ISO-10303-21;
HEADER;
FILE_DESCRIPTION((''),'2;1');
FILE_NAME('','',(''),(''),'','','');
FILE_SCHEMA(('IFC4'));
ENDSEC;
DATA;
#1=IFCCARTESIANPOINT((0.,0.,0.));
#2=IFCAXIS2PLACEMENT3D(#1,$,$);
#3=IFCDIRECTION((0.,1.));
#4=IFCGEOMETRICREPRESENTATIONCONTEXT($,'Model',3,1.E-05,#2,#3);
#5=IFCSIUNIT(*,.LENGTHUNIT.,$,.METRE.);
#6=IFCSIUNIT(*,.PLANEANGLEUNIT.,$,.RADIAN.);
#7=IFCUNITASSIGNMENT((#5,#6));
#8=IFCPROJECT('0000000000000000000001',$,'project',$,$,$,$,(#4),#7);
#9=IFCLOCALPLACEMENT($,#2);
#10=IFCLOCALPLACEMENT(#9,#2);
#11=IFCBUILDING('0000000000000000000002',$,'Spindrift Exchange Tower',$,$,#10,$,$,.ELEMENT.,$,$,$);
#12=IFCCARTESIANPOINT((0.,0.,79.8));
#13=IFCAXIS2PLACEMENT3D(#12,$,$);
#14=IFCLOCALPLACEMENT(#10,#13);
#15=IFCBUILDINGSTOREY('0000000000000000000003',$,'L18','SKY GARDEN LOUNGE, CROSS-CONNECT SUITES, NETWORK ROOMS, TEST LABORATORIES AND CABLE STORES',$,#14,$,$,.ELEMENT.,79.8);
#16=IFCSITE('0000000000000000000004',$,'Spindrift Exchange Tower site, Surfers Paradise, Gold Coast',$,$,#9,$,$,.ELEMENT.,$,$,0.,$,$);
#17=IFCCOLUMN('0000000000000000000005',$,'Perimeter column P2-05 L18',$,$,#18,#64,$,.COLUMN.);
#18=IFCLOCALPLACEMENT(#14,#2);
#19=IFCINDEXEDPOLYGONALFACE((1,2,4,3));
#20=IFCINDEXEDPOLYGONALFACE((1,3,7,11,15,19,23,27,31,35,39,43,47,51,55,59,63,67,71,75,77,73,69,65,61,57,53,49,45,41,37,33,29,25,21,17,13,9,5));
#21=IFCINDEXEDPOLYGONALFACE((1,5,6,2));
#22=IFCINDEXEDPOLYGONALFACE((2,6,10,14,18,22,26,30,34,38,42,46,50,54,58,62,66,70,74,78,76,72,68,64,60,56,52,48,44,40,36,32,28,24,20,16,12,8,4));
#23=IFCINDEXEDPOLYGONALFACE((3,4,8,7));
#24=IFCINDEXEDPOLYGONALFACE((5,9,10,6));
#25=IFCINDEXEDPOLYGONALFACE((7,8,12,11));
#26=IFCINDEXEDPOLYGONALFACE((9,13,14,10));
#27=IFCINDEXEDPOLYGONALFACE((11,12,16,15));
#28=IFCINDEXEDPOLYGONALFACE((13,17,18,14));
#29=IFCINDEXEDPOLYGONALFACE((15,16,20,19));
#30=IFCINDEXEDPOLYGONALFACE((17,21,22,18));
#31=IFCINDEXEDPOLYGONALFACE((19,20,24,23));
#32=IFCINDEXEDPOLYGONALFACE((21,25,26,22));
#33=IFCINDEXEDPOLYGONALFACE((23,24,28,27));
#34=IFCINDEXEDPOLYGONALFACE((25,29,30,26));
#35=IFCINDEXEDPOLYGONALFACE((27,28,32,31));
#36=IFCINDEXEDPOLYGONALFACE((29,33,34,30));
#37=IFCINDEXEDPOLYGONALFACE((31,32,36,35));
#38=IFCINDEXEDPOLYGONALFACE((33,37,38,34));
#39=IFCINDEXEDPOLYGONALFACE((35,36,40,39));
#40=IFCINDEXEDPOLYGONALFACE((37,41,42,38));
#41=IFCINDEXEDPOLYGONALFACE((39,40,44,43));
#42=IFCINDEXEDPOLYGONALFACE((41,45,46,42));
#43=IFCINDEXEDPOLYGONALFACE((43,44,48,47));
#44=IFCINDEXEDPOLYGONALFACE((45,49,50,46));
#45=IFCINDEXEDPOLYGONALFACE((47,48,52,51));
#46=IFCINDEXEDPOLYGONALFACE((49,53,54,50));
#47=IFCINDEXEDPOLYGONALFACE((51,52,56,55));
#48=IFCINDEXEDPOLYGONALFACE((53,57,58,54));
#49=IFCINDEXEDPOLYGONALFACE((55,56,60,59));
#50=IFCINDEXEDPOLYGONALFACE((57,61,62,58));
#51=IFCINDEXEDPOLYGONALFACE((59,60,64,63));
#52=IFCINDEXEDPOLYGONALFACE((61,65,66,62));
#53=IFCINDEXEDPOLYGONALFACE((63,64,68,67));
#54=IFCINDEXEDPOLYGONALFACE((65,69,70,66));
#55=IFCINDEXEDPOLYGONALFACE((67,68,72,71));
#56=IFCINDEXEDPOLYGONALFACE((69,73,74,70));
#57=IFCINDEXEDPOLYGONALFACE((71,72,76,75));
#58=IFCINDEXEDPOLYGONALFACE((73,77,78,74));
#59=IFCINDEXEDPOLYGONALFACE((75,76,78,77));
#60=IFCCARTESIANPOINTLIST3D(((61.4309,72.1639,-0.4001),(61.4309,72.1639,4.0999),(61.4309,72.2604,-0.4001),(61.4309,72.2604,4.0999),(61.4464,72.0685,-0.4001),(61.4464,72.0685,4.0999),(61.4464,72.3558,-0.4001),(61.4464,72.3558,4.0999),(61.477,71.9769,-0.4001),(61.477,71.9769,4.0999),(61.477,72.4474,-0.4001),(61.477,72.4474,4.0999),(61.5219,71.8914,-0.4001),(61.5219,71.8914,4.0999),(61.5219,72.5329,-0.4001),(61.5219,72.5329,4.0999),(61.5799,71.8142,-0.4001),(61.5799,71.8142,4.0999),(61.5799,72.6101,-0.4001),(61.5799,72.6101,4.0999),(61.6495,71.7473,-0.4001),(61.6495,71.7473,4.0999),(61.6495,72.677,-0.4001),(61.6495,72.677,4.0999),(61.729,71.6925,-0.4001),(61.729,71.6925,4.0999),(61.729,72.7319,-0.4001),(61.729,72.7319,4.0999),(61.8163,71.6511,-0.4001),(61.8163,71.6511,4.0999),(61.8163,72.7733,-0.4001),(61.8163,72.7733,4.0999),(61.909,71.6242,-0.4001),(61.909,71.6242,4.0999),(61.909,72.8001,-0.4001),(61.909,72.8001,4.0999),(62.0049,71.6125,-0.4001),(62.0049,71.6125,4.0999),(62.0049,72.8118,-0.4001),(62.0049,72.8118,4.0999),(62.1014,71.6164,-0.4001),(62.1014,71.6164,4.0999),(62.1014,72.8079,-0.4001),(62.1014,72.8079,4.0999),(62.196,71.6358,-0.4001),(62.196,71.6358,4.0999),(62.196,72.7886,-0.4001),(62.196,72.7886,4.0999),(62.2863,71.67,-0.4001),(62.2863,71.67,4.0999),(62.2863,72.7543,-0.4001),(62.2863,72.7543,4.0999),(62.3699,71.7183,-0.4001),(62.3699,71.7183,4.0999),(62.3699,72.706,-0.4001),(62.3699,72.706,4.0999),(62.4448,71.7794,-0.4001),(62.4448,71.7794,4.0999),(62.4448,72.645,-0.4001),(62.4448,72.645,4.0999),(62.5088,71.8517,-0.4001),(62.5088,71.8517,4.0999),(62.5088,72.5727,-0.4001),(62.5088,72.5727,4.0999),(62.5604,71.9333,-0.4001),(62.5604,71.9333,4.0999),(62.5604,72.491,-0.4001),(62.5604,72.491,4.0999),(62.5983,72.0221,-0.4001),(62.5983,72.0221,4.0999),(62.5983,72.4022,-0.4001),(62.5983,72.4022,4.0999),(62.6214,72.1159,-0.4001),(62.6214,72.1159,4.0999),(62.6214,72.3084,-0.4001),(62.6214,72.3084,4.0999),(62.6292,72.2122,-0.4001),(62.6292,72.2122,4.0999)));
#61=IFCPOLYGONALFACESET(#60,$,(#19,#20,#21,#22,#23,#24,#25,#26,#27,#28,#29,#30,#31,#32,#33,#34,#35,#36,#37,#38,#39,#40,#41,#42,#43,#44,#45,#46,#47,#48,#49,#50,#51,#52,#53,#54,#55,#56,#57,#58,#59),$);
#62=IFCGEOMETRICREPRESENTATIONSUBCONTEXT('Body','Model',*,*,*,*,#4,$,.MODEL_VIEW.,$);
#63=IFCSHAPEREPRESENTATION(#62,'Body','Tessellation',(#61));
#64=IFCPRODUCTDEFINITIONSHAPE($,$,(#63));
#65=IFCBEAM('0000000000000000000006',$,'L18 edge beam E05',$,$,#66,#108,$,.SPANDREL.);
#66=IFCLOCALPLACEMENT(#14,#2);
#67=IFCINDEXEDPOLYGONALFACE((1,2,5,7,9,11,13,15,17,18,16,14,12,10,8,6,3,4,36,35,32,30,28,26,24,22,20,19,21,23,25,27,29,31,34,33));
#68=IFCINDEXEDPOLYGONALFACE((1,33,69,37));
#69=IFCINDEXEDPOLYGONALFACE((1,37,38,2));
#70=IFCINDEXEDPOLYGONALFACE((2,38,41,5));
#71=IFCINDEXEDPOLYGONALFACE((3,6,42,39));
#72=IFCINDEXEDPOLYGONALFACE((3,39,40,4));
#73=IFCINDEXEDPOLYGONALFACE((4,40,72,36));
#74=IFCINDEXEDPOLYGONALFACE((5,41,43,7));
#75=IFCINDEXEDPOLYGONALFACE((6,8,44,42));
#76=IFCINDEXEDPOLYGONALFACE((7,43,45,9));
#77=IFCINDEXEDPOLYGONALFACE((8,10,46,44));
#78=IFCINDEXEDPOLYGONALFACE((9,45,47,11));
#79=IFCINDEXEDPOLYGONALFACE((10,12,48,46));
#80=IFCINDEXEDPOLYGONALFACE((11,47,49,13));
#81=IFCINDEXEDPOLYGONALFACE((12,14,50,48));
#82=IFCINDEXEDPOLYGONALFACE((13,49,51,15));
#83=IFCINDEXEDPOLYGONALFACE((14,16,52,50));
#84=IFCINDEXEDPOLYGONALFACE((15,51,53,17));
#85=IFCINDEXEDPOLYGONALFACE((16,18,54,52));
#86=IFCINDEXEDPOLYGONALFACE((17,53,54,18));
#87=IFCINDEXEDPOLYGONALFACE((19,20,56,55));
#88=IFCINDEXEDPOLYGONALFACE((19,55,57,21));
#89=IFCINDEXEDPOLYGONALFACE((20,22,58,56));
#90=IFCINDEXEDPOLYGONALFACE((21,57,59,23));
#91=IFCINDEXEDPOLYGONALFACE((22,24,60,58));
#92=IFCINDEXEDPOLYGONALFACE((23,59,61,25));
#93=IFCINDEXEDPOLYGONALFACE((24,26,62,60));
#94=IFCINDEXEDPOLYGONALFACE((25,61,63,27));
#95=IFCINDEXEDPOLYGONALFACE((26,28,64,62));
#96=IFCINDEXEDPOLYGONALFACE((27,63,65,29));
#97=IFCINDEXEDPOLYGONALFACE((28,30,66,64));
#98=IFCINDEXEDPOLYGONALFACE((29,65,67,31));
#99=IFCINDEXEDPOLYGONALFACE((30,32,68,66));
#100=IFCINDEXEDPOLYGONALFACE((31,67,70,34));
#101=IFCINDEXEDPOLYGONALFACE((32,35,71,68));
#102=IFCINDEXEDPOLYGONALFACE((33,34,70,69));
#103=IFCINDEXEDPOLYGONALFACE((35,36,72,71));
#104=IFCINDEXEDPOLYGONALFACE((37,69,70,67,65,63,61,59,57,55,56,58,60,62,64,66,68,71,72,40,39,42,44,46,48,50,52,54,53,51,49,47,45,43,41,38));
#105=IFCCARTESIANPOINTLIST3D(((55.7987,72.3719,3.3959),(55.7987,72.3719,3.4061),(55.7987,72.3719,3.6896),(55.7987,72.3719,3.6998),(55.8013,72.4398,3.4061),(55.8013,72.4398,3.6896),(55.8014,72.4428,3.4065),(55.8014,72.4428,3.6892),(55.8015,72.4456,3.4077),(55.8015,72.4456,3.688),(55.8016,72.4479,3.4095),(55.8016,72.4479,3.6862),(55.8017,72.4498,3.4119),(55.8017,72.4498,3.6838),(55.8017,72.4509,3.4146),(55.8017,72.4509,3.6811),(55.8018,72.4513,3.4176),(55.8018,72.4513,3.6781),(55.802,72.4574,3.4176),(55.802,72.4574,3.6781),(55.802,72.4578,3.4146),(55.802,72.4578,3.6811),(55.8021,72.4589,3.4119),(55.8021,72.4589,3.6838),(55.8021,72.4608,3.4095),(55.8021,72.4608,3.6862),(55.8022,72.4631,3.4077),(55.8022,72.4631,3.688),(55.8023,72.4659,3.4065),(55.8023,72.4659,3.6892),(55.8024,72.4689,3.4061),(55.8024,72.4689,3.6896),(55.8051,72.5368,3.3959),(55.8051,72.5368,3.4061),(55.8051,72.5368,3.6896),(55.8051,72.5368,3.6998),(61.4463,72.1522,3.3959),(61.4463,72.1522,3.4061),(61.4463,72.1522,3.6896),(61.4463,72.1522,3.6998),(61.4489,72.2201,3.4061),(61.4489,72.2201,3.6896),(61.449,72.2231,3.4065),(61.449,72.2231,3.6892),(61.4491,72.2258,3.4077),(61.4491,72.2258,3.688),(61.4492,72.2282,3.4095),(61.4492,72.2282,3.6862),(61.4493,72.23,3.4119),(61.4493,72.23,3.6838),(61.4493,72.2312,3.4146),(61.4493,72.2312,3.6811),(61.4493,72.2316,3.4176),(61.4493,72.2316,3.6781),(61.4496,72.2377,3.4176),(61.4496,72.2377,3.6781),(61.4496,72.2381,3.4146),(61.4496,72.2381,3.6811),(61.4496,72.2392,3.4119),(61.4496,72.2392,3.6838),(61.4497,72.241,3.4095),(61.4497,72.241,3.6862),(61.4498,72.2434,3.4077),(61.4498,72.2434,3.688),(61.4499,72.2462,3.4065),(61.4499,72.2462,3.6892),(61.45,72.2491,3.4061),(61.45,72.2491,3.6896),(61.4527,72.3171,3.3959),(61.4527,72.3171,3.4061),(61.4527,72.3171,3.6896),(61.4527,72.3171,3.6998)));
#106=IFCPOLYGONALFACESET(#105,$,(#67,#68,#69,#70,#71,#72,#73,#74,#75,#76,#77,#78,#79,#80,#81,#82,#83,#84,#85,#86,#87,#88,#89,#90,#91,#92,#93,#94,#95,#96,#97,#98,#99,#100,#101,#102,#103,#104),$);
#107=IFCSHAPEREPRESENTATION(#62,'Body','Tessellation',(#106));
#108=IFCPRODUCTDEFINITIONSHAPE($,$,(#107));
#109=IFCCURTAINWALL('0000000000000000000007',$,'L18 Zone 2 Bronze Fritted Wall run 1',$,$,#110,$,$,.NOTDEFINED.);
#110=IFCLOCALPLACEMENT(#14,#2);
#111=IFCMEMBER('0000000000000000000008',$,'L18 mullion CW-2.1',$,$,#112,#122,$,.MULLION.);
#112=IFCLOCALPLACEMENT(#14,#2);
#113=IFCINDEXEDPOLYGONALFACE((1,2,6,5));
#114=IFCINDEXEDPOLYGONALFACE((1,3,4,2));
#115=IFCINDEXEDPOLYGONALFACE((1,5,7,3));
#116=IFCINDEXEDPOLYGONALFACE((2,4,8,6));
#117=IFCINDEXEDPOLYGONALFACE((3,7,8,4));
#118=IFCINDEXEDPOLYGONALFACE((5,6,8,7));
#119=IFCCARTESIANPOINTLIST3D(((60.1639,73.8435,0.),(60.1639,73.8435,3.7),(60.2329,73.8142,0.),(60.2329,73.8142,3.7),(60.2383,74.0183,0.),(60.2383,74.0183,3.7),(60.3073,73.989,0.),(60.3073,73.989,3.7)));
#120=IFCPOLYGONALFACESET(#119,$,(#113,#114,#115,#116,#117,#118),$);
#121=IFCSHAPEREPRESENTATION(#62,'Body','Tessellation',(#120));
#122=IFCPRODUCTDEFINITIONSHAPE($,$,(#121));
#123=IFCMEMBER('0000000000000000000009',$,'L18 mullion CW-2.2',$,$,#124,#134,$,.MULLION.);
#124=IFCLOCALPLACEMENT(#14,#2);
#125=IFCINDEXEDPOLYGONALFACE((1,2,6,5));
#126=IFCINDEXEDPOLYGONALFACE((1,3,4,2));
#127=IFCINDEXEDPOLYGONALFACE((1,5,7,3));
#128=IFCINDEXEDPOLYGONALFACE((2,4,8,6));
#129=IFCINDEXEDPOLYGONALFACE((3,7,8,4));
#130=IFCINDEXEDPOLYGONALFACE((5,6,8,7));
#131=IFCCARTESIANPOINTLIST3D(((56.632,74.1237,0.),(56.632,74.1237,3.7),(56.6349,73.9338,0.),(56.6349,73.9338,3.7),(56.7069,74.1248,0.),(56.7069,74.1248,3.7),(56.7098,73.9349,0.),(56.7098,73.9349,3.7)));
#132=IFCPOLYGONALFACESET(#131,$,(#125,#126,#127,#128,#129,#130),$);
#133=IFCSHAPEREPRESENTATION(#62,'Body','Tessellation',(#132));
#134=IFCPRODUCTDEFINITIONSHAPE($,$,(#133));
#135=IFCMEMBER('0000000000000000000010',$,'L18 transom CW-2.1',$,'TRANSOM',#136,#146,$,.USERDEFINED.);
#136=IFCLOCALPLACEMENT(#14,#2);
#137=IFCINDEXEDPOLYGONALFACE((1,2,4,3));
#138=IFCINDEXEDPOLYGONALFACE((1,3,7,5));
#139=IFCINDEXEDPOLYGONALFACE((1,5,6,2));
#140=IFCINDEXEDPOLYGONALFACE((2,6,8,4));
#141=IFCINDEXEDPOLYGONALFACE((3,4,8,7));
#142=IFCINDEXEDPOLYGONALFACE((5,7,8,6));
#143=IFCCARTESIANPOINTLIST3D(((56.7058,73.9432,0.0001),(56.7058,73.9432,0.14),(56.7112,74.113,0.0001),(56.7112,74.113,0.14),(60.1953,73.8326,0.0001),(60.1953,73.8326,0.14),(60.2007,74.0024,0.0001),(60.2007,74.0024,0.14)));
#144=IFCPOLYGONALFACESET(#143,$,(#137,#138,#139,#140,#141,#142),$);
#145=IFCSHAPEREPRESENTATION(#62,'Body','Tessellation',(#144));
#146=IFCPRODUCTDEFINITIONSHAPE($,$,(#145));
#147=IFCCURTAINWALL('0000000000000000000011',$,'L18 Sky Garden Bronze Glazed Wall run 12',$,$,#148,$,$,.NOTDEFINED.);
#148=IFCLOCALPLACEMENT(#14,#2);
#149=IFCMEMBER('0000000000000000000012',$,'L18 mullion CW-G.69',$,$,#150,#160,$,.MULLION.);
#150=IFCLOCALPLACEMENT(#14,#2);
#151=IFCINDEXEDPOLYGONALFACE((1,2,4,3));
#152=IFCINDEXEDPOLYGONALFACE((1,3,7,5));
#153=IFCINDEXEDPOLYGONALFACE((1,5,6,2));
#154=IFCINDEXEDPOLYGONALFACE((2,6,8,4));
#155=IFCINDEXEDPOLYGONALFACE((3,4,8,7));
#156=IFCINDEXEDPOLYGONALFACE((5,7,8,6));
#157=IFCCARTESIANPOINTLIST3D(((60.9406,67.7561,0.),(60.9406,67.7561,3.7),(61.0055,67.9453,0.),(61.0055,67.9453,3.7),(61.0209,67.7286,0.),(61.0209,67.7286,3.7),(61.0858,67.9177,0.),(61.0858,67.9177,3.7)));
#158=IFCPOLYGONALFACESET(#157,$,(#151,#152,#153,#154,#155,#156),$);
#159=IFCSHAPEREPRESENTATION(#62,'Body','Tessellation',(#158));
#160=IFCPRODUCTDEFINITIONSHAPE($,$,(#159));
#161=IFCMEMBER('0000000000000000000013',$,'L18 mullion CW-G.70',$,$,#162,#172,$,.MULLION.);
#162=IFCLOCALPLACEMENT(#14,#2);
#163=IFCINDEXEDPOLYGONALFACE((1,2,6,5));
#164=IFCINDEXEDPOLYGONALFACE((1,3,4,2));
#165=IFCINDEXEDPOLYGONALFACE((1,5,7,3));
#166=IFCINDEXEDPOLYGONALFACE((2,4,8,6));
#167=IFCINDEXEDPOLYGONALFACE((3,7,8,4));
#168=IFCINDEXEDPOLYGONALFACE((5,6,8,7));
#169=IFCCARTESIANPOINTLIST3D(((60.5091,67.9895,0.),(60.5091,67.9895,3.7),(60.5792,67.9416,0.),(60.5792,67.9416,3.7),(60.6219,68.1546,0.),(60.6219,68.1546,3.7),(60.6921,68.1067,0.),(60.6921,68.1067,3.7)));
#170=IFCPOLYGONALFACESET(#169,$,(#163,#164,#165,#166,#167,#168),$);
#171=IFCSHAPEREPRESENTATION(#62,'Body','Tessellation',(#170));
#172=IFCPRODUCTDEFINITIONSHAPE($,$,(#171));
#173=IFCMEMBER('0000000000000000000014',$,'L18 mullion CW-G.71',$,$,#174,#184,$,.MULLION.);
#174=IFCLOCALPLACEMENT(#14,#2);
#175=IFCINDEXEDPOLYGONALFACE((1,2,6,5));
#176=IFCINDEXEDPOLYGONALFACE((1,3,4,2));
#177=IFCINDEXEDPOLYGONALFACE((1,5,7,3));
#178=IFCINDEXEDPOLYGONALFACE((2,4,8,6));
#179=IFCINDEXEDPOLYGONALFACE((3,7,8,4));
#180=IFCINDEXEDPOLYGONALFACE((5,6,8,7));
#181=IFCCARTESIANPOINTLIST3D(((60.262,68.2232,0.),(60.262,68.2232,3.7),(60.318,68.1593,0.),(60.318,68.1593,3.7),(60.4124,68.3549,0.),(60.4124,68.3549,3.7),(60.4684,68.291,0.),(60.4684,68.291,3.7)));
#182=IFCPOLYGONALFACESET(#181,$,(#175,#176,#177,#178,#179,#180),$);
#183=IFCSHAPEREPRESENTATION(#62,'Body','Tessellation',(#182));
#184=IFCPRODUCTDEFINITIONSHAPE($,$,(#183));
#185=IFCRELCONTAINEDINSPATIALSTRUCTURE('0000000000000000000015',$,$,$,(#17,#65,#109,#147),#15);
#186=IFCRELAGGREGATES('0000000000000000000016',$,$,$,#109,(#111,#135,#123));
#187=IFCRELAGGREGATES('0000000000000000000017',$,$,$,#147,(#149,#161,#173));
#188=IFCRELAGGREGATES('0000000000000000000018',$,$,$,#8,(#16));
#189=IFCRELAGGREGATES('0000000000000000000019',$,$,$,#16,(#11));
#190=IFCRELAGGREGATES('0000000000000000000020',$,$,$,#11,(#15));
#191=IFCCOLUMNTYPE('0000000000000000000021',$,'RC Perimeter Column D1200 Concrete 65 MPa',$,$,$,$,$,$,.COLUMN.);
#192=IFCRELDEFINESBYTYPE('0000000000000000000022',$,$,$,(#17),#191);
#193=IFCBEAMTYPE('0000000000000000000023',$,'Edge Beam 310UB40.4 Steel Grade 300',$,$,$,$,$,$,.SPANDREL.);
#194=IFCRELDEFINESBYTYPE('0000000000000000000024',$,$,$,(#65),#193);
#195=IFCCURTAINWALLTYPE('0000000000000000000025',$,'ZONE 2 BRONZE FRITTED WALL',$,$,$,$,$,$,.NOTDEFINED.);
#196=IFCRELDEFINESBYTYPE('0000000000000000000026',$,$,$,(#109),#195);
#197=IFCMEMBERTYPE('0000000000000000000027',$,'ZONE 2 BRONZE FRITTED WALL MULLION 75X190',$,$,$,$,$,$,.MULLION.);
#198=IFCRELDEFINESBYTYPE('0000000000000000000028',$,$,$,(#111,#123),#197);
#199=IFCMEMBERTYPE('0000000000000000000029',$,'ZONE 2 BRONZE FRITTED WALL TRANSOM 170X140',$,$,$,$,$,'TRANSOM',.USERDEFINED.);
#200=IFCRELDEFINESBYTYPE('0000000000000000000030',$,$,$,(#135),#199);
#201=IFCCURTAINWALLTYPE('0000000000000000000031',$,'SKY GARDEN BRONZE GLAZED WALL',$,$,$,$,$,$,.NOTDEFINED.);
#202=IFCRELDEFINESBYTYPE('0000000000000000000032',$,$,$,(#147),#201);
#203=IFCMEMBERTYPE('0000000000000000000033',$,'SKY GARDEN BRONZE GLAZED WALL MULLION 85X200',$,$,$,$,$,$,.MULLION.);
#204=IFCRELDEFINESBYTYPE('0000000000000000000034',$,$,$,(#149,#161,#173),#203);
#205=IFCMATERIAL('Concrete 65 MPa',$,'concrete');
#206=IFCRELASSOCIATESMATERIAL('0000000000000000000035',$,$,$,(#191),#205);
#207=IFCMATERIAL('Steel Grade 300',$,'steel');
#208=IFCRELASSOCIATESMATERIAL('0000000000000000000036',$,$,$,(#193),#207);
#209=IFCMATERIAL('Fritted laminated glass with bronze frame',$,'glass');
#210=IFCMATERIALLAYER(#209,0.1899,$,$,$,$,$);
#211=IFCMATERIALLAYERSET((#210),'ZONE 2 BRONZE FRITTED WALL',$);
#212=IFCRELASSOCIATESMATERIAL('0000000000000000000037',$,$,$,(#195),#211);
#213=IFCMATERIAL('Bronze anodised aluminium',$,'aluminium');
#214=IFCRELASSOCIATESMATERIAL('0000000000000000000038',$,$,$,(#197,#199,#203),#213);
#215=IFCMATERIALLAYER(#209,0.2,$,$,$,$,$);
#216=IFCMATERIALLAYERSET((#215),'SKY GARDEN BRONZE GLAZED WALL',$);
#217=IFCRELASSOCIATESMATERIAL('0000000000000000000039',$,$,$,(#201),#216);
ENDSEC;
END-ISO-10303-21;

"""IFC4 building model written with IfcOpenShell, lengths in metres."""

from ifc_helpers import new_model, si_unit, direction, frame, origin, origin_2d, place, context, subcontext, project, spatial, rectangle, circle, i_section, extrude, source, transform, mapped, material, layer, layer_set, material_profile, profile_set, type_object, element, aggregate, save


model = new_model("IFC4")

# Units and contexts
model_context = context("Model", 3, precision=1e-05, world=origin(), true_north=direction((0.0, 1.0)))
body_context = subcontext(model_context, "Body", "Model", "MODEL_VIEW")
ifc_project = project(units=[si_unit("LENGTHUNIT", "METRE"), si_unit("PLANEANGLEUNIT", "RADIAN")], contexts=[model_context])

# Site, building, storey
site_placement = place(None, origin())
site = spatial("IfcSite", under=ifc_project, at=site_placement, Name="Spindrift Exchange Tower site, Surfers Paradise, Gold Coast", CompositionType="ELEMENT", RefElevation=0.0)
building_placement = place(site_placement, origin())
building = spatial("IfcBuilding", under=site, at=building_placement, Name="Spindrift Exchange Tower", CompositionType="ELEMENT")
storey_placement = place(building_placement, frame((0.0, 0.0, 79.8)))
storey = spatial("IfcBuildingStorey", under=building, at=storey_placement, Name="L18", Description="SKY GARDEN LOUNGE, CROSS-CONNECT SUITES, NETWORK ROOMS, TEST LABORATORIES AND CABLE STORES", CompositionType="ELEMENT", Elevation=79.8)

# Column
ifc_material_1 = material(Name="Concrete 65 MPa", Category="concrete")
ifc_material_profile_1 = material_profile(ifc_material_1, circle(Radius=0.6001, at=origin_2d()), Name="RC D1200")
ifc_profile_set_1 = profile_set([ifc_material_profile_1], Name="Concrete 65 MPa")
column_type = type_object("IfcColumnType", Name="RC Perimeter Column D1200 Concrete 65 MPa", PredefinedType="COLUMN", material=ifc_profile_set_1)
shared_shape_1 = source(origin(), body_context, "Body", "SweptSolid", [
    extrude(circle(Radius=0.6001, at=origin_2d()), origin(), (0.0, 0.0, 1.0), 4.5),
])
column_placement = place(storey_placement, frame((62.0291, 72.2122, -0.4001), z_axis=(0.0, 0.0, 1.0), x_axis=(1.0, 0.0, 0.0)))
element("IfcColumn", 1, at=column_placement, inside=storey, type_object=column_type, Name="Perimeter column P2-05 L18", PredefinedType="COLUMN", context=body_context, shape_type="MappedRepresentation", body=[
    mapped(shared_shape_1, transform((0.0, 0.0, 0.0), scale=1.0)),
])

# Beam
ifc_material_2 = material(Name="Steel Grade 300", Category="steel")
ifc_material_profile_2 = material_profile(ifc_material_2, i_section(OverallWidth=0.165, OverallDepth=0.304, WebThickness=0.0061, FlangeThickness=0.0103, FilletRadius=0.0115, at=origin_2d()), Name="310UB40.4")
ifc_profile_set_2 = profile_set([ifc_material_profile_2], Name="Steel Grade 300")
beam_type = type_object("IfcBeamType", Name="Edge Beam 310UB40.4 Steel Grade 300", PredefinedType="SPANDREL", material=ifc_profile_set_2)
shared_shape_2 = source(origin(), body_context, "Body", "SweptSolid", [
    extrude(i_section(OverallWidth=0.165, OverallDepth=0.304, WebThickness=0.0061, FlangeThickness=0.0103, FilletRadius=0.0115, at=origin_2d()), origin(), (0.0, 0.0, 1.0), 5.6519),
])
beam_placement = place(storey_placement, frame((61.4495, 72.2346, 3.5479), z_axis=(-0.999244, 0.038878, 0.0), x_axis=(-0.038878, -0.999244, 0.0)))
element("IfcBeam", 2, at=beam_placement, inside=storey, type_object=beam_type, Name="L18 edge beam E05", PredefinedType="SPANDREL", context=body_context, shape_type="MappedRepresentation", body=[
    mapped(shared_shape_2, transform((0.0, 0.0, 0.0), scale=1.0)),
])

# Curtain walls, members
ifc_material_3 = material(Name="Fritted laminated glass with bronze frame", Category="glass")
ifc_layer_1 = layer(ifc_material_3, 0.1899)
ifc_layer_set_1 = layer_set([ifc_layer_1], Name="ZONE 2 BRONZE FRITTED WALL")
curtain_wall_type_1 = type_object("IfcCurtainWallType", Name="ZONE 2 BRONZE FRITTED WALL", PredefinedType="NOTDEFINED", material=ifc_layer_set_1)
curtain_wall_1_placement = place(storey_placement, origin())
curtain_wall_1 = element("IfcCurtainWall", 3, at=curtain_wall_1_placement, inside=storey, type_object=curtain_wall_type_1, Name="L18 Zone 2 Bronze Fritted Wall run 1", PredefinedType="NOTDEFINED")
ifc_material_4 = material(Name="Bronze anodised aluminium", Category="aluminium")
ifc_material_profile_3 = material_profile(ifc_material_4, rectangle(XDim=0.075, YDim=0.1899, at=origin_2d()), Name="ZONE 2 BRONZE FRITTED WALL MULLION 75X190")
ifc_profile_set_3 = profile_set([ifc_material_profile_3], Name="Bronze anodised aluminium")
member_type_1 = type_object("IfcMemberType", Name="ZONE 2 BRONZE FRITTED WALL MULLION 75X190", PredefinedType="MULLION", material=ifc_profile_set_3)
shared_shape_3 = source(origin(), body_context, "Body", "SweptSolid", [
    extrude(rectangle(XDim=0.075, YDim=0.1899, at=origin_2d()), origin(), (0.0, 0.0, 1.0), 3.7),
])
member_1_placement = place(storey_placement, frame((60.2356, 73.9163, 0.0), z_axis=(0.0, 0.0, 1.0), x_axis=(-0.920196, 0.391459, 0.0)))
member_1 = element("IfcMember", 4, at=member_1_placement, type_object=member_type_1, Name="L18 mullion CW-2.1", PredefinedType="MULLION", context=body_context, shape_type="MappedRepresentation", body=[
    mapped(shared_shape_3, transform((0.0, 0.0, 0.0), scale=1.0)),
])
member_2_placement = place(storey_placement, frame((56.6709, 74.0293, 0.0), z_axis=(0.0, 0.0, 1.0), x_axis=(-0.999887, -0.01503, 0.0)))
member_2 = element("IfcMember", 5, at=member_2_placement, type_object=member_type_1, Name="L18 mullion CW-2.2", PredefinedType="MULLION", context=body_context, shape_type="MappedRepresentation", body=[
    mapped(shared_shape_3, transform((0.0, 0.0, 0.0), scale=1.0)),
])
ifc_material_profile_4 = material_profile(ifc_material_4, rectangle(XDim=0.1699, YDim=0.1399, at=origin_2d()), Name="ZONE 2 BRONZE FRITTED WALL TRANSOM 170X140")
ifc_profile_set_4 = profile_set([ifc_material_profile_4], Name="Bronze anodised aluminium")
member_type_2 = type_object("IfcMemberType", Name="ZONE 2 BRONZE FRITTED WALL TRANSOM 170X140", ElementType="TRANSOM", PredefinedType="USERDEFINED", material=ifc_profile_set_4)
shared_shape_4 = source(origin(), body_context, "Body", "SweptSolid", [
    extrude(rectangle(XDim=0.1699, YDim=0.1399, at=origin_2d()), origin(), (0.0, 0.0, 1.0), 3.4912),
])
member_3_placement = place(storey_placement, frame((60.198, 73.9175, 0.0701), z_axis=(-0.999498, 0.031678, 0.0), x_axis=(-0.031678, -0.999498, 0.0)))
member_3 = element("IfcMember", 6, at=member_3_placement, type_object=member_type_2, Name="L18 transom CW-2.1", ObjectType="TRANSOM", PredefinedType="USERDEFINED", context=body_context, shape_type="MappedRepresentation", body=[
    mapped(shared_shape_4, transform((0.0, 0.0, 0.0), scale=1.0)),
])
ifc_layer_2 = layer(ifc_material_3, 0.2)
ifc_layer_set_2 = layer_set([ifc_layer_2], Name="SKY GARDEN BRONZE GLAZED WALL")
curtain_wall_type_2 = type_object("IfcCurtainWallType", Name="SKY GARDEN BRONZE GLAZED WALL", PredefinedType="NOTDEFINED", material=ifc_layer_set_2)
curtain_wall_2_placement = place(storey_placement, origin())
curtain_wall_2 = element("IfcCurtainWall", 7, at=curtain_wall_2_placement, inside=storey, type_object=curtain_wall_type_2, Name="L18 Sky Garden Bronze Glazed Wall run 12", PredefinedType="NOTDEFINED")
ifc_material_profile_5 = material_profile(ifc_material_4, rectangle(XDim=0.085, YDim=0.2, at=origin_2d()), Name="SKY GARDEN BRONZE GLAZED WALL MULLION 85X200")
ifc_profile_set_5 = profile_set([ifc_material_profile_5], Name="Bronze anodised aluminium")
member_type_3 = type_object("IfcMemberType", Name="SKY GARDEN BRONZE GLAZED WALL MULLION 85X200", PredefinedType="MULLION", material=ifc_profile_set_5)
shared_shape_5 = source(origin(), body_context, "Body", "SweptSolid", [
    extrude(rectangle(XDim=0.085, YDim=0.2, at=origin_2d()), origin(), (0.0, 0.0, 1.0), 3.7),
])
member_4_placement = place(storey_placement, frame((61.0132, 67.8369, 0.0), z_axis=(0.0, 0.0, 1.0), x_axis=(-0.945858, 0.32458, 0.0)))
member_4 = element("IfcMember", 8, at=member_4_placement, type_object=member_type_3, Name="L18 mullion CW-G.69", PredefinedType="MULLION", context=body_context, shape_type="MappedRepresentation", body=[
    mapped(shared_shape_5, transform((0.0, 0.0, 0.0), scale=1.0)),
])
member_5_placement = place(storey_placement, frame((60.6006, 68.0481, 0.0), z_axis=(0.0, 0.0, 1.0), x_axis=(-0.825541, 0.564341, 0.0)))
member_5 = element("IfcMember", 9, at=member_5_placement, type_object=member_type_3, Name="L18 mullion CW-G.70", PredefinedType="MULLION", context=body_context, shape_type="MappedRepresentation", body=[
    mapped(shared_shape_5, transform((0.0, 0.0, 0.0), scale=1.0)),
])
member_6_placement = place(storey_placement, frame((60.3652, 68.2571, 0.0), z_axis=(0.0, 0.0, 1.0), x_axis=(-0.658903, 0.752228, 0.0)))
member_6 = element("IfcMember", 10, at=member_6_placement, type_object=member_type_3, Name="L18 mullion CW-G.71", PredefinedType="MULLION", context=body_context, shape_type="MappedRepresentation", body=[
    mapped(shared_shape_5, transform((0.0, 0.0, 0.0), scale=1.0)),
])

aggregate(curtain_wall_1, [member_1, member_3, member_2])
aggregate(curtain_wall_2, [member_4, member_5, member_6])

save(model, "model.ifc")
